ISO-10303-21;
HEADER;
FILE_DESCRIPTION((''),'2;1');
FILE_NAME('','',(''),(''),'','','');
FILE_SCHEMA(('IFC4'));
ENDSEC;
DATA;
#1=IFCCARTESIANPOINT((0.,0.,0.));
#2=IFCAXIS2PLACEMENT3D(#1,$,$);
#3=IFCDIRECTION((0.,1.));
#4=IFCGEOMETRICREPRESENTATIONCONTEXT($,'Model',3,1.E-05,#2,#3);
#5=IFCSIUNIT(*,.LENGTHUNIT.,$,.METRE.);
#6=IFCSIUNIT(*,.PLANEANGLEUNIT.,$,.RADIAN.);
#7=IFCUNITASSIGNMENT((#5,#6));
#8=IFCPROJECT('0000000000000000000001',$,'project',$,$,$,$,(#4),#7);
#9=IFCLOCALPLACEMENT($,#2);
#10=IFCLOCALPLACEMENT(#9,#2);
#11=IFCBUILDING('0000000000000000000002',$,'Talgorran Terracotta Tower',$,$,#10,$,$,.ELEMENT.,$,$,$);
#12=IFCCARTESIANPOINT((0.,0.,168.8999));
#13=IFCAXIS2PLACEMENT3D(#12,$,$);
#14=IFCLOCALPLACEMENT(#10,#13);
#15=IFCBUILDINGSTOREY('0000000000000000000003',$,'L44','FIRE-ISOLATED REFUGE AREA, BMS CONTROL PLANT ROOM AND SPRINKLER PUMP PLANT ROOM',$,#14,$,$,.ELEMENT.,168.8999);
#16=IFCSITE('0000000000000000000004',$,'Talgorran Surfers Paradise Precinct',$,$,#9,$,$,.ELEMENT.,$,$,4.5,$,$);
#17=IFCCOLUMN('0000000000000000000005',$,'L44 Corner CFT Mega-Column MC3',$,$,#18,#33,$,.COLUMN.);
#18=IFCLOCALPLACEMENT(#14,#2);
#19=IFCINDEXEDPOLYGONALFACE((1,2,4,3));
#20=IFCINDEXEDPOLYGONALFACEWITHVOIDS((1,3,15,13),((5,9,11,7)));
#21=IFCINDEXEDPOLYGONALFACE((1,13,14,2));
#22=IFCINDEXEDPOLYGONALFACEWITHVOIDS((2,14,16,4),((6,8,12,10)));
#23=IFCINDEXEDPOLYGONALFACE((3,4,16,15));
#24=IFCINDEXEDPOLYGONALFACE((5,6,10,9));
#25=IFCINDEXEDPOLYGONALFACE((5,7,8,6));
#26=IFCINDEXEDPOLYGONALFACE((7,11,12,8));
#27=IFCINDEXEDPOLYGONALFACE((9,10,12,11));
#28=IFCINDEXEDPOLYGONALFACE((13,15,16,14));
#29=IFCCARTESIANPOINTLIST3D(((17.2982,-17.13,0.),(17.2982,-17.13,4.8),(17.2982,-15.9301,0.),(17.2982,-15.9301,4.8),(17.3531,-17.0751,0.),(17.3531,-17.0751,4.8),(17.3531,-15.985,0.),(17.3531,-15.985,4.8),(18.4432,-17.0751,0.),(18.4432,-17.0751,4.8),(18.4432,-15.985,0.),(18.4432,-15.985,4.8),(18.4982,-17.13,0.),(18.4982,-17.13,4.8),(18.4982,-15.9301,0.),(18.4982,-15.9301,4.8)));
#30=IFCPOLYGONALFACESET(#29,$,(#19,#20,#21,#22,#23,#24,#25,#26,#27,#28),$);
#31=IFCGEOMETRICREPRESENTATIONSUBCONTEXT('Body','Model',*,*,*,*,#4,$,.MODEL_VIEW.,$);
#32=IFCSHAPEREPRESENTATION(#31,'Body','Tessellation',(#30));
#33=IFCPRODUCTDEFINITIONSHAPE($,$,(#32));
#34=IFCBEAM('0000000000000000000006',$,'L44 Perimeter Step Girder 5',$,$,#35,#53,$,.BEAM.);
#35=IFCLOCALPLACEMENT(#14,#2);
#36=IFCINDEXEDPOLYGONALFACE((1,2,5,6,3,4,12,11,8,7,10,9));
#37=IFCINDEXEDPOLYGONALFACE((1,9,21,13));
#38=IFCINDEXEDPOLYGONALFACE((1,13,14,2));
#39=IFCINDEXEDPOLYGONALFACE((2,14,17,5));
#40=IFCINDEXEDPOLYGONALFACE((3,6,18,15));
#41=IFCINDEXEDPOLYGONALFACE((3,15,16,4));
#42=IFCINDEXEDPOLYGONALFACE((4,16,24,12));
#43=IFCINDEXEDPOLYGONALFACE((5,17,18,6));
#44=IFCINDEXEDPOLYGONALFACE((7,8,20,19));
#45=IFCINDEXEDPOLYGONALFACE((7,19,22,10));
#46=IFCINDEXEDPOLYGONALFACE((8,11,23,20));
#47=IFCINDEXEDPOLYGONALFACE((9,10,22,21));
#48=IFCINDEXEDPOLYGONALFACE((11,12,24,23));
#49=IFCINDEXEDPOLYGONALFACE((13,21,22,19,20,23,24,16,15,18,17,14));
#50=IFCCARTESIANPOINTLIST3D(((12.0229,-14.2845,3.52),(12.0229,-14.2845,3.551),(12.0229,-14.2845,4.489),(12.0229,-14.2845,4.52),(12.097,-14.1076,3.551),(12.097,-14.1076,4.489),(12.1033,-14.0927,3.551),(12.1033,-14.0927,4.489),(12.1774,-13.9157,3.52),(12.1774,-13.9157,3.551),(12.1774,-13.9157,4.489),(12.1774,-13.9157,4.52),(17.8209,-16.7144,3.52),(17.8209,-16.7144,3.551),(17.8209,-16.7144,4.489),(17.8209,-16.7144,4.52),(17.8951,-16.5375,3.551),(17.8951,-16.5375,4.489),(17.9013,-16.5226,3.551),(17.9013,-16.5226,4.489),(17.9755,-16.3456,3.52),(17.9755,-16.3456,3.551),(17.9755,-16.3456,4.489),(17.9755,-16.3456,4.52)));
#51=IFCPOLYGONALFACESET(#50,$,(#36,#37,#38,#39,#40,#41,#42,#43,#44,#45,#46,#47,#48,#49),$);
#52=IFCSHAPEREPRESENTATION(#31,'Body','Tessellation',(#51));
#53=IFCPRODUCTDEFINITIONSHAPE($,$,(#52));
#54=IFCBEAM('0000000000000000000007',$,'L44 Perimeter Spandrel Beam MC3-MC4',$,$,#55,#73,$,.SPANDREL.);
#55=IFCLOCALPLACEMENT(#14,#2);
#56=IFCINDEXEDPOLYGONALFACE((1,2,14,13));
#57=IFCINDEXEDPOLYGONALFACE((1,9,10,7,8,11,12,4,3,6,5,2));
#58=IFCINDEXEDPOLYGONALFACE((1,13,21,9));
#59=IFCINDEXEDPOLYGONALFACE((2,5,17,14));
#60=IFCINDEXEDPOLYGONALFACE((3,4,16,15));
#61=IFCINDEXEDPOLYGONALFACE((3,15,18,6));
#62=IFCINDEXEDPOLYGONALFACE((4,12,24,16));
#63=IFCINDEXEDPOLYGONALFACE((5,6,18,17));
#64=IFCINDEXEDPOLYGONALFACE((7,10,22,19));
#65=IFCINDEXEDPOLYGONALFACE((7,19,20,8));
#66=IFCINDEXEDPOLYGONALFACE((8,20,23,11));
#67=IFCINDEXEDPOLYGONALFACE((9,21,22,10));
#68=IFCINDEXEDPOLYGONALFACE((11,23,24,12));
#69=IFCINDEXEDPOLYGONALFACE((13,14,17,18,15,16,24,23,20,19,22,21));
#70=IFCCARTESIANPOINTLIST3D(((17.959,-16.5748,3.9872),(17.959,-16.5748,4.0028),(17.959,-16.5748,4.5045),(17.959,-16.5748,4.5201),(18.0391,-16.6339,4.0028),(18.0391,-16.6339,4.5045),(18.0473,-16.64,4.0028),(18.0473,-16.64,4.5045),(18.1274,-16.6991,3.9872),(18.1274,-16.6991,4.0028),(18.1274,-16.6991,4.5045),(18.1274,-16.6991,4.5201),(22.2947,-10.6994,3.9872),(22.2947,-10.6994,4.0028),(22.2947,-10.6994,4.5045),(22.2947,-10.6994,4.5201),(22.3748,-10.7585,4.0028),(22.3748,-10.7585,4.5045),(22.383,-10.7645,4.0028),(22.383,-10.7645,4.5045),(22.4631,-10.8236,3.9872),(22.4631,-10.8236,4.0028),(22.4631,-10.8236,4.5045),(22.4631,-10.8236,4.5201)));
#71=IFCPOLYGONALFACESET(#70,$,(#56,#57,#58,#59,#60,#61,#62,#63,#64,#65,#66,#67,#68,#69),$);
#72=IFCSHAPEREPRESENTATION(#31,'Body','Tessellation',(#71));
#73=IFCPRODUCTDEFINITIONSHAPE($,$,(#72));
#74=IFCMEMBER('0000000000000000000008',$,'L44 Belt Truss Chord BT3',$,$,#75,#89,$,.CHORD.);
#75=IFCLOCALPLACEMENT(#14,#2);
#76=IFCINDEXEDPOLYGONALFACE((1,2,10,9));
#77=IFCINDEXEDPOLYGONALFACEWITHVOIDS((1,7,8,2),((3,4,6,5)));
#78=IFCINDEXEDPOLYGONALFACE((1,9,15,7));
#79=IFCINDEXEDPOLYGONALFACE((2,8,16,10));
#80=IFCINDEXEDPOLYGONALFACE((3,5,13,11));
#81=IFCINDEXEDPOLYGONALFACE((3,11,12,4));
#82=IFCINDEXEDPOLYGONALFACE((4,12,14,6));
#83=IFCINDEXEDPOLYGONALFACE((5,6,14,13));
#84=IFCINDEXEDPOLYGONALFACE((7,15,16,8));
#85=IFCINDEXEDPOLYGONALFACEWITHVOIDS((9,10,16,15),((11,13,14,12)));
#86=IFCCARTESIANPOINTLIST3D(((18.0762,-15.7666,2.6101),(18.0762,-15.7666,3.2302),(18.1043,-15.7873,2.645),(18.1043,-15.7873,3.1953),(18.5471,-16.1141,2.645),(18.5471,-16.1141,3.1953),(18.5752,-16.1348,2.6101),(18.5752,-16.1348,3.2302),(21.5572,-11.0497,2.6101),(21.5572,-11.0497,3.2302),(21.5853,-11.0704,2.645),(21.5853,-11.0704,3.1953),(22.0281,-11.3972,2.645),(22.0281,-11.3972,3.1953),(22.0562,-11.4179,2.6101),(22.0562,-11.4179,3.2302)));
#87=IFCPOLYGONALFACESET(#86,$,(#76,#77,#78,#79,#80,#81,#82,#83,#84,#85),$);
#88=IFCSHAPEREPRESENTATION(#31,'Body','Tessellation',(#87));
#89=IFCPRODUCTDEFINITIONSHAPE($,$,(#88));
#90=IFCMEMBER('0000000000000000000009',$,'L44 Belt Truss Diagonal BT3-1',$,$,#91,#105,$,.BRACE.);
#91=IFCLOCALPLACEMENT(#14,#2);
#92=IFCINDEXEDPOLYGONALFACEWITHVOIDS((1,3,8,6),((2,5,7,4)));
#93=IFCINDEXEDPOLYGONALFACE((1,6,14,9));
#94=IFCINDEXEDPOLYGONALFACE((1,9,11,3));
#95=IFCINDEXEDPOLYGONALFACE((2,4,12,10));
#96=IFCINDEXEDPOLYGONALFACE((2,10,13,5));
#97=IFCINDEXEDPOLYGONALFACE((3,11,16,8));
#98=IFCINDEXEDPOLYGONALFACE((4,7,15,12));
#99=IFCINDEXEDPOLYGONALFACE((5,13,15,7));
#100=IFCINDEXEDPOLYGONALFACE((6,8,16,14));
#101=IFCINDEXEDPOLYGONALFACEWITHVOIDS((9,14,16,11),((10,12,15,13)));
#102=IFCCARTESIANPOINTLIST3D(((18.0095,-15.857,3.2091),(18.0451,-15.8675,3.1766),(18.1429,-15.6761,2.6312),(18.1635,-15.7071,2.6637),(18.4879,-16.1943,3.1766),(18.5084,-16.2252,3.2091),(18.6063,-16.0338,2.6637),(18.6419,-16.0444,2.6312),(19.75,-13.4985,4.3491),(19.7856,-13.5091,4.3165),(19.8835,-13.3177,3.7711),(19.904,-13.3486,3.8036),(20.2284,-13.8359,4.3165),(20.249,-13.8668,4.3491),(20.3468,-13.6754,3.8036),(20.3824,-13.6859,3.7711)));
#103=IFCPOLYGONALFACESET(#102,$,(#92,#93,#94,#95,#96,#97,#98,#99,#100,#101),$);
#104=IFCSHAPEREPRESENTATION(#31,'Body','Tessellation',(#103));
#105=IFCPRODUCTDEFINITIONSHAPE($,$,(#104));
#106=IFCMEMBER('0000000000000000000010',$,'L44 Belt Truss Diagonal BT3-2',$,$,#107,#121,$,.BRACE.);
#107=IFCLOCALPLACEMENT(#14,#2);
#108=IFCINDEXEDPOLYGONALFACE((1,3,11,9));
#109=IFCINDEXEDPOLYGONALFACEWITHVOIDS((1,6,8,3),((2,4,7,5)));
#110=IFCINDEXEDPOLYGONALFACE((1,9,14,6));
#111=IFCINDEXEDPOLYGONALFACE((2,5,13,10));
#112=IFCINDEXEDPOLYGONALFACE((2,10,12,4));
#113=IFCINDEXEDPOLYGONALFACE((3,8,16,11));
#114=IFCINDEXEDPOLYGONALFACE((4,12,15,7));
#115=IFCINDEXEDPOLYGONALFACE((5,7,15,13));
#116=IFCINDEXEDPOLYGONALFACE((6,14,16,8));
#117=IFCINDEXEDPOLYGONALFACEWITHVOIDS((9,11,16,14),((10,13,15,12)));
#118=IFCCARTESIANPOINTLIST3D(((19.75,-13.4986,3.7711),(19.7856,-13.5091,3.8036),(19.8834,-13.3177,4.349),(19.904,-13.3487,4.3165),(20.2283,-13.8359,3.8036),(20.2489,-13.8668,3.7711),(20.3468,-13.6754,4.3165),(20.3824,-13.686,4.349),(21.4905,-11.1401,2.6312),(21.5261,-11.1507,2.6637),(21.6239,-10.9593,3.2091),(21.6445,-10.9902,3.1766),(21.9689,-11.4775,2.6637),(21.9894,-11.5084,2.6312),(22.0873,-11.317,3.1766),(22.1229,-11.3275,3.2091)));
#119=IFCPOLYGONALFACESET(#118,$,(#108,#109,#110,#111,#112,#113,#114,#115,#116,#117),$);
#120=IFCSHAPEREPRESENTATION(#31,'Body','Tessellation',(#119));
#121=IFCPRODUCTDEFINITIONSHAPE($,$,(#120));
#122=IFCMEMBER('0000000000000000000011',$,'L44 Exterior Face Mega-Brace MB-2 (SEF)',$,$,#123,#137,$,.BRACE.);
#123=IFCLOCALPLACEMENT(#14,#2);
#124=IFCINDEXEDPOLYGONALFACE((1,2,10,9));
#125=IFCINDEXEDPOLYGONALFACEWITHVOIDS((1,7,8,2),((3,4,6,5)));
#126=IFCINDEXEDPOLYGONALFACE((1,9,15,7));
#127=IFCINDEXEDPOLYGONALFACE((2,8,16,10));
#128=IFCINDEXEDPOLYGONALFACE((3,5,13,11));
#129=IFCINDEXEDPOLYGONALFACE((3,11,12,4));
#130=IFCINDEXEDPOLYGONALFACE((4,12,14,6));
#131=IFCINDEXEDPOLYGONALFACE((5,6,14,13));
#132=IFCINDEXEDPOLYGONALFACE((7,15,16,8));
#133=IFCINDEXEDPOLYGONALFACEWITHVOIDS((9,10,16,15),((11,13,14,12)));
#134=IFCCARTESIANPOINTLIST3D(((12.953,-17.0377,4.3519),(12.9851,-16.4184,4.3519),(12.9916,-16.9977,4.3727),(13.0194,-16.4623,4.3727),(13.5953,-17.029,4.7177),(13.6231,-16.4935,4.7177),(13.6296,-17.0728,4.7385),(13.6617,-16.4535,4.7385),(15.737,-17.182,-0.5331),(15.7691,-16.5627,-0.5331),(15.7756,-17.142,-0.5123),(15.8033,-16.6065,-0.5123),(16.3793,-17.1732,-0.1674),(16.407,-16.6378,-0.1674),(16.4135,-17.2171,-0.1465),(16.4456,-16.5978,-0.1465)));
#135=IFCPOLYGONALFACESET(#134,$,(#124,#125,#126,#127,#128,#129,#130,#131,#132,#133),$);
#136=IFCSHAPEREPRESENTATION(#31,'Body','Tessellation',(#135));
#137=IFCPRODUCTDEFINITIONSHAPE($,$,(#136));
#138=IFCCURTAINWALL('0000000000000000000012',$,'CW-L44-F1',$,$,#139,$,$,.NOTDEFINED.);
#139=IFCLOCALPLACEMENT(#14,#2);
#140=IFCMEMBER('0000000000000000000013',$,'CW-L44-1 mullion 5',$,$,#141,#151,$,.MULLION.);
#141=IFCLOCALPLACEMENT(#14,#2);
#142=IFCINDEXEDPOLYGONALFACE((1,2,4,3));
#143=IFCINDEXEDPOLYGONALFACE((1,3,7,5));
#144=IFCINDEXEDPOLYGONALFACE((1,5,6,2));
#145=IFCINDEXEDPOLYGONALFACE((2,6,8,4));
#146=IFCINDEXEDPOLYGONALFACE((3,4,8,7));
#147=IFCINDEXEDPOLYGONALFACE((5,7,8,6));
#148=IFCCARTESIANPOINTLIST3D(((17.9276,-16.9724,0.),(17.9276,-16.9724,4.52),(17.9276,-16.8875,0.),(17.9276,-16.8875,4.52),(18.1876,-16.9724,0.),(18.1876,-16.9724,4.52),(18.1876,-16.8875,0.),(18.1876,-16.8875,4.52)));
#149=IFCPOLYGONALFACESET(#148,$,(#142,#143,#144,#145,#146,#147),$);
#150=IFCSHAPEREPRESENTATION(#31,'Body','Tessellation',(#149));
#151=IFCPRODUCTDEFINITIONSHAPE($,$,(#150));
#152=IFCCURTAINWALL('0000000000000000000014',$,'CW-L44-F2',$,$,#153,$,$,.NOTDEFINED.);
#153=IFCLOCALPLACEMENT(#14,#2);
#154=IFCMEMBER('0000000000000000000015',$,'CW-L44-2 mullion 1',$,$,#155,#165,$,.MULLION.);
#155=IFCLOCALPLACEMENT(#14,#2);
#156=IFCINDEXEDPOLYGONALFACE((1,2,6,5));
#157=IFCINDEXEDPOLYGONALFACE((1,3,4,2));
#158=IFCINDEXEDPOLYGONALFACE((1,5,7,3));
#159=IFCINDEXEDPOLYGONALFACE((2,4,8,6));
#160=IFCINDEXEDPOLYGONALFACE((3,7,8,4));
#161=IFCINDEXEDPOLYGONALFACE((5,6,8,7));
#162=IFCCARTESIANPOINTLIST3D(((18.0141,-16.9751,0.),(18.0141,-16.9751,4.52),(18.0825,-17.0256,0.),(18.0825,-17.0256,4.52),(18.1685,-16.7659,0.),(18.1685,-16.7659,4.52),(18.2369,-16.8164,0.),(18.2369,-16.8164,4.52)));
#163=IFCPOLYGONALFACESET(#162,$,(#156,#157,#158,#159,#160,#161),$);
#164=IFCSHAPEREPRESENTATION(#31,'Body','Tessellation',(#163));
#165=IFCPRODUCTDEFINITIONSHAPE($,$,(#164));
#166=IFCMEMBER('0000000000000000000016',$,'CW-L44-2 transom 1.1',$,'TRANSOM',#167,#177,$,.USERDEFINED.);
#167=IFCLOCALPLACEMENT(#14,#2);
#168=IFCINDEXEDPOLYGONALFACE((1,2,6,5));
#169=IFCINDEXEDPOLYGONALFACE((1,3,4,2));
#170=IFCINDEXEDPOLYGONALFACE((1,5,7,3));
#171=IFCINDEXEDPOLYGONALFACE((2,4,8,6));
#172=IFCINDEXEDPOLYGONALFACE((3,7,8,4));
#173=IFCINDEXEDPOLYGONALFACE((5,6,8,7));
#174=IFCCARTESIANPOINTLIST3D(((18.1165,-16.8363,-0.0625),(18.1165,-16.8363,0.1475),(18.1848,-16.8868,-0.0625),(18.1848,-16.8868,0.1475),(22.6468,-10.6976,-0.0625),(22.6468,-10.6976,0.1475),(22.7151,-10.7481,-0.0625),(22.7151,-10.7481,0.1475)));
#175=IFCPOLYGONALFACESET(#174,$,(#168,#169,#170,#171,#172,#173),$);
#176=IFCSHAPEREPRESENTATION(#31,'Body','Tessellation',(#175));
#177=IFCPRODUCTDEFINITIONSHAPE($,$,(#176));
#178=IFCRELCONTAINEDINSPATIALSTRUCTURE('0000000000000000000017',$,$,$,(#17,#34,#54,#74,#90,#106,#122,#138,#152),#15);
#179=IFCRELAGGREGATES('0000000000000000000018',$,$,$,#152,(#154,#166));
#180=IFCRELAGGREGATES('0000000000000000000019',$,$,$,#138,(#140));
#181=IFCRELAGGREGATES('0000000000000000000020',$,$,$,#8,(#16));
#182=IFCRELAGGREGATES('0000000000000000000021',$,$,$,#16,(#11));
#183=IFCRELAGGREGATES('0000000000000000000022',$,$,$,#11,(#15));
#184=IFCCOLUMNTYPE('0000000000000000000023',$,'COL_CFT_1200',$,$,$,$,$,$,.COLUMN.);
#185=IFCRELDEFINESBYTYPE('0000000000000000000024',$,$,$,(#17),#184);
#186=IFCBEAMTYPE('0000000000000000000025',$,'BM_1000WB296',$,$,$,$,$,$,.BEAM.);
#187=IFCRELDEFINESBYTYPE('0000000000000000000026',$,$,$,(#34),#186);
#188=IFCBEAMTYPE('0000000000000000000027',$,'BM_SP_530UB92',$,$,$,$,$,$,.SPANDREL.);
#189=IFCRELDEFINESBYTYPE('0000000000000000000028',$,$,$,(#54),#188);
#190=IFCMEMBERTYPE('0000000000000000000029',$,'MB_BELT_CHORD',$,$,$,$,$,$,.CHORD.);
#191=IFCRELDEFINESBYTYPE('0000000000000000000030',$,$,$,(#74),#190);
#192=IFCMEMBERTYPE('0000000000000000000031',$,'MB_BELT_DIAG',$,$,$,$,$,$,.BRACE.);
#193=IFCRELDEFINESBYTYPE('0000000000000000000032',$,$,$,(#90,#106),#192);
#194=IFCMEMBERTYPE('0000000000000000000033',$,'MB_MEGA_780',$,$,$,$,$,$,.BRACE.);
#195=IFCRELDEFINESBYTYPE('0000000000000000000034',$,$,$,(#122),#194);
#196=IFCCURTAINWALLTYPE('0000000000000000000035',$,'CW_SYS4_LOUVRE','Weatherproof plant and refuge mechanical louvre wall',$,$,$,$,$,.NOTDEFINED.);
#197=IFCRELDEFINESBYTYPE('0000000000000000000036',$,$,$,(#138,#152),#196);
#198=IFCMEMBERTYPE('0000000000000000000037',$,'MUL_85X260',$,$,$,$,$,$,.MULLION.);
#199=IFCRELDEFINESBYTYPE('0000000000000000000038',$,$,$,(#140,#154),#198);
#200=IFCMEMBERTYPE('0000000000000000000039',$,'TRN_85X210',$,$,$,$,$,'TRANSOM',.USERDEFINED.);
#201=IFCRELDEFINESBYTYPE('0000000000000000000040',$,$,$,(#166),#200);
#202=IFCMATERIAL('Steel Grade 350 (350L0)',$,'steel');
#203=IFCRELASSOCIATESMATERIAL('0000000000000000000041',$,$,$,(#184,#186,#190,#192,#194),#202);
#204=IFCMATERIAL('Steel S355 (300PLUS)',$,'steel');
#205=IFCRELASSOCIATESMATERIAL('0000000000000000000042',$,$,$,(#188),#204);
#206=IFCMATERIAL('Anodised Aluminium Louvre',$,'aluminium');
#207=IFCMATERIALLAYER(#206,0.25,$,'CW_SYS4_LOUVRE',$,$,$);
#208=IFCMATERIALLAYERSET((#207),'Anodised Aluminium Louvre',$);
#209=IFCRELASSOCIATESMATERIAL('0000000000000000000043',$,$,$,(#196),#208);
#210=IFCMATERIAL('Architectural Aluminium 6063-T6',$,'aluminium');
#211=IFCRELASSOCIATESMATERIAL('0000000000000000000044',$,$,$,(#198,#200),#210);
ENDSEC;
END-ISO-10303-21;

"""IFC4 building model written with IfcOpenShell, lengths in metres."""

from ifc_helpers import new_model, si_unit, direction, frame, origin, origin_2d, place, context, subcontext, project, spatial, rectangle, hollow_rectangle, i_section, extrude, material, layer, layer_set, material_profile, profile_set, type_object, element, aggregate, save


model = new_model("IFC4")

# Units and contexts
model_context = context("Model", 3, precision=1e-05, world=origin(), true_north=direction((0.0, 1.0)))
body_context = subcontext(model_context, "Body", "Model", "MODEL_VIEW")
ifc_project = project(units=[si_unit("LENGTHUNIT", "METRE"), si_unit("PLANEANGLEUNIT", "RADIAN")], contexts=[model_context])

# Site, building, storey
site_placement = place(None, origin())
site = spatial("IfcSite", under=ifc_project, at=site_placement, Name="Talgorran Surfers Paradise Precinct", CompositionType="ELEMENT", RefElevation=4.5)
building_placement = place(site_placement, origin())
building = spatial("IfcBuilding", under=site, at=building_placement, Name="Talgorran Terracotta Tower", CompositionType="ELEMENT")
storey_placement = place(building_placement, frame((0.0, 0.0, 168.8999)))
storey = spatial("IfcBuildingStorey", under=building, at=storey_placement, Name="L44", Description="FIRE-ISOLATED REFUGE AREA, BMS CONTROL PLANT ROOM AND SPRINKLER PUMP PLANT ROOM", CompositionType="ELEMENT", Elevation=168.8999)

# Column
ifc_material_1 = material(Name="Steel Grade 350 (350L0)", Category="steel")
ifc_material_profile_1 = material_profile(ifc_material_1, hollow_rectangle(XDim=1.2, YDim=1.2, WallThickness=0.0549, at=origin_2d()), Name="CFT1200X1200X55")
ifc_profile_set_1 = profile_set([ifc_material_profile_1], Name="Steel Grade 350 (350L0)")
column_type = type_object("IfcColumnType", Name="COL_CFT_1200", PredefinedType="COLUMN", material=ifc_profile_set_1)
column_placement = place(storey_placement, frame((17.8982, -16.53, 0.0), z_axis=(0.0, 0.0, 1.0), x_axis=(1.0, 0.0, 0.0)))
element("IfcColumn", 1, at=column_placement, inside=storey, type_object=column_type, Name="L44 Corner CFT Mega-Column MC3", PredefinedType="COLUMN", context=body_context, shape_type="SweptSolid", body=[
    extrude(hollow_rectangle(XDim=1.2, YDim=1.2, WallThickness=0.0549, at=origin_2d()), origin(), (0.0, 0.0, 1.0), 4.8),
])

# Beams
ifc_material_profile_2 = material_profile(ifc_material_1, i_section(OverallWidth=0.3999, OverallDepth=1.0, WebThickness=0.0161, FlangeThickness=0.031, at=origin_2d()), Name="1000WB296")
ifc_profile_set_2 = profile_set([ifc_material_profile_2], Name="Steel Grade 350 (350L0)")
beam_type_1 = type_object("IfcBeamType", Name="BM_1000WB296", PredefinedType="BEAM", material=ifc_profile_set_2)
beam_1_placement = place(storey_placement, frame((17.8982, -16.53, 4.02), z_axis=(-0.922281, 0.38652, 0.0), x_axis=(-0.38652, -0.922281, 0.0)))
element("IfcBeam", 2, at=beam_1_placement, inside=storey, type_object=beam_type_1, Name="L44 Perimeter Step Girder 5", PredefinedType="BEAM", context=body_context, shape_type="SweptSolid", body=[
    extrude(i_section(OverallWidth=0.3999, OverallDepth=1.0, WebThickness=0.0161, FlangeThickness=0.031, at=origin_2d()), origin(), (0.0, 0.0, 1.0), 6.2866),
])
ifc_material_2 = material(Name="Steel S355 (300PLUS)", Category="steel")
ifc_material_profile_3 = material_profile(ifc_material_2, i_section(OverallWidth=0.2092, OverallDepth=0.533, WebThickness=0.0103, FlangeThickness=0.0156, at=origin_2d()), Name="530UB92.4")
ifc_profile_set_3 = profile_set([ifc_material_profile_3], Name="Steel S355 (300PLUS)")
beam_type_2 = type_object("IfcBeamType", Name="BM_SP_530UB92", PredefinedType="SPANDREL", material=ifc_profile_set_3)
beam_2_placement = place(storey_placement, frame((18.0432, -16.637, 4.2537), z_axis=(0.593766, 0.804638, 0.0), x_axis=(-0.804638, 0.593766, 0.0)))
element("IfcBeam", 3, at=beam_2_placement, inside=storey, type_object=beam_type_2, Name="L44 Perimeter Spandrel Beam MC3-MC4", PredefinedType="SPANDREL", context=body_context, shape_type="SweptSolid", body=[
    extrude(i_section(OverallWidth=0.2092, OverallDepth=0.533, WebThickness=0.0103, FlangeThickness=0.0156, at=origin_2d()), origin(), (0.0, 0.0, 1.0), 7.302),
])

# Members
ifc_material_profile_4 = material_profile(ifc_material_1, hollow_rectangle(XDim=0.6201, YDim=0.6201, WallThickness=0.0349, at=origin_2d()), Name="WBOX620X620X35")
ifc_profile_set_4 = profile_set([ifc_material_profile_4], Name="Steel Grade 350 (350L0)")
member_type_1 = type_object("IfcMemberType", Name="MB_BELT_CHORD", PredefinedType="CHORD", material=ifc_profile_set_4)
member_1_placement = place(storey_placement, frame((18.3257, -15.9507, 2.9202), z_axis=(0.593798, 0.804614, 0.0), x_axis=(-0.804614, 0.593798, 0.0)))
element("IfcMember", 4, at=member_1_placement, inside=storey, type_object=member_type_1, Name="L44 Belt Truss Chord BT3", PredefinedType="CHORD", context=body_context, shape_type="SweptSolid", body=[
    extrude(hollow_rectangle(XDim=0.6201, YDim=0.6201, WallThickness=0.0349, at=origin_2d()), origin(), (0.0, 0.0, 1.0), 5.8623),
])
ifc_material_profile_5 = material_profile(ifc_material_1, hollow_rectangle(XDim=0.6201, YDim=0.6201, WallThickness=0.0349, at=origin_2d()), Name="WBOX620X620X35")
ifc_profile_set_5 = profile_set([ifc_material_profile_5], Name="Steel Grade 350 (350L0)")
member_type_2 = type_object("IfcMemberType", Name="MB_BELT_DIAG", PredefinedType="BRACE", material=ifc_profile_set_5)
for number, where, z_axis, x_axis, name in (
    (5, (18.3257, -15.9507, 2.9202), (0.553421, 0.749902, 0.362453), (-0.804614, 0.593798, 0.0), "L44 Belt Truss Diagonal BT3-1"),
    (6, (20.0662, -13.5923, 4.0601), (0.553421, 0.749902, -0.362453), (-0.804614, 0.593798, 0.0), "L44 Belt Truss Diagonal BT3-2"),
):
    element("IfcMember", number, at=place(storey_placement, frame(where, z_axis=z_axis, x_axis=x_axis)), inside=storey, type_object=member_type_2, Name=name, PredefinedType="BRACE", context=body_context, shape_type="SweptSolid", body=[
        extrude(hollow_rectangle(XDim=0.6201, YDim=0.6201, WallThickness=0.0349, at=origin_2d()), origin(), (0.0, 0.0, 1.0), 3.145),
    ])
ifc_material_profile_6 = material_profile(ifc_material_1, hollow_rectangle(XDim=0.6201, YDim=0.78, WallThickness=0.042, at=origin_2d()), Name="WBOX780X620X42")
ifc_profile_set_6 = profile_set([ifc_material_profile_6], Name="Steel Grade 350 (350L0)")
member_type_3 = type_object("IfcMemberType", Name="MB_MEGA_780", PredefinedType="BRACE", material=ifc_profile_set_6)
member_2_placement = place(storey_placement, frame((16.0913, -16.8899, -0.3398), z_axis=(-0.49497, 0.025654, 0.868531), x_axis=(-0.051759, -0.99866, 0.0)))
element("IfcMember", 7, at=member_2_placement, inside=storey, type_object=member_type_3, Name="L44 Exterior Face Mega-Brace MB-2 (SEF)", PredefinedType="BRACE", context=body_context, shape_type="SweptSolid", body=[
    extrude(hollow_rectangle(XDim=0.6201, YDim=0.78, WallThickness=0.042, at=origin_2d()), origin(), (0.0, 0.0, 1.0), 5.6245),
])

# Curtain wall, member
ifc_material_3 = material(Name="Anodised Aluminium Louvre", Category="aluminium")
ifc_layer_1 = layer(ifc_material_3, 0.25, Name="CW_SYS4_LOUVRE")
ifc_layer_set_1 = layer_set([ifc_layer_1], Name="Anodised Aluminium Louvre")
curtain_wall_type = type_object("IfcCurtainWallType", Name="CW_SYS4_LOUVRE", Description="Weatherproof plant and refuge mechanical louvre wall", PredefinedType="NOTDEFINED", material=ifc_layer_set_1)
curtain_wall_1_placement = place(storey_placement, origin())
curtain_wall_1 = element("IfcCurtainWall", 8, at=curtain_wall_1_placement, inside=storey, type_object=curtain_wall_type, Name="CW-L44-F1", PredefinedType="NOTDEFINED")
ifc_material_4 = material(Name="Architectural Aluminium 6063-T6", Category="aluminium")
ifc_material_profile_7 = material_profile(ifc_material_4, rectangle(XDim=0.085, YDim=0.26, at=origin_2d()), Name="CWM85X260")
ifc_profile_set_7 = profile_set([ifc_material_profile_7], Name="Architectural Aluminium 6063-T6")
member_type_4 = type_object("IfcMemberType", Name="MUL_85X260", PredefinedType="MULLION", material=ifc_profile_set_7)
member_3_placement = place(storey_placement, frame((18.0576, -16.9299, 0.0), z_axis=(0.0, 0.0, 1.0), x_axis=(0.0, 1.0, 0.0)))
member_3 = element("IfcMember", 9, at=member_3_placement, type_object=member_type_4, Name="CW-L44-1 mullion 5", PredefinedType="MULLION", context=body_context, shape_type="SweptSolid", body=[
    extrude(rectangle(XDim=0.085, YDim=0.26, at=origin_2d()), origin(), (0.0, 0.0, 1.0), 4.52),
])

# Curtain wall, members
curtain_wall_2_placement = place(storey_placement, origin())
curtain_wall_2 = element("IfcCurtainWall", 10, at=curtain_wall_2_placement, inside=storey, type_object=curtain_wall_type, Name="CW-L44-F2", PredefinedType="NOTDEFINED")
member_4_placement = place(storey_placement, frame((18.1255, -16.8958, 0.0), z_axis=(0.0, 0.0, 1.0), x_axis=(-0.80462, 0.593791, 0.0)))
member_4 = element("IfcMember", 11, at=member_4_placement, type_object=member_type_4, Name="CW-L44-2 mullion 1", PredefinedType="MULLION", context=body_context, shape_type="SweptSolid", body=[
    extrude(rectangle(XDim=0.085, YDim=0.26, at=origin_2d()), origin(), (0.0, 0.0, 1.0), 4.52),
])
ifc_material_profile_8 = material_profile(ifc_material_4, rectangle(XDim=0.085, YDim=0.21, at=origin_2d()), Name="CWT85X210")
ifc_profile_set_8 = profile_set([ifc_material_profile_8], Name="Architectural Aluminium 6063-T6")
member_type_5 = type_object("IfcMemberType", Name="TRN_85X210", ElementType="TRANSOM", PredefinedType="USERDEFINED", material=ifc_profile_set_8)
member_5_placement = place(storey_placement, frame((18.1506, -16.8616, 0.0425), z_axis=(0.593797, 0.804615, 0.0), x_axis=(-0.804615, 0.593797, 0.0)))
member_5 = element("IfcMember", 12, at=member_5_placement, type_object=member_type_5, Name="CW-L44-2 transom 1.1", ObjectType="TRANSOM", PredefinedType="USERDEFINED", context=body_context, shape_type="SweptSolid", body=[
    extrude(rectangle(XDim=0.085, YDim=0.21, at=origin_2d()), origin(), (0.0, 0.0, 1.0), 7.6294),
])

aggregate(curtain_wall_2, [member_4, member_5])
aggregate(curtain_wall_1, [member_3])

save(model, "model.ifc")
